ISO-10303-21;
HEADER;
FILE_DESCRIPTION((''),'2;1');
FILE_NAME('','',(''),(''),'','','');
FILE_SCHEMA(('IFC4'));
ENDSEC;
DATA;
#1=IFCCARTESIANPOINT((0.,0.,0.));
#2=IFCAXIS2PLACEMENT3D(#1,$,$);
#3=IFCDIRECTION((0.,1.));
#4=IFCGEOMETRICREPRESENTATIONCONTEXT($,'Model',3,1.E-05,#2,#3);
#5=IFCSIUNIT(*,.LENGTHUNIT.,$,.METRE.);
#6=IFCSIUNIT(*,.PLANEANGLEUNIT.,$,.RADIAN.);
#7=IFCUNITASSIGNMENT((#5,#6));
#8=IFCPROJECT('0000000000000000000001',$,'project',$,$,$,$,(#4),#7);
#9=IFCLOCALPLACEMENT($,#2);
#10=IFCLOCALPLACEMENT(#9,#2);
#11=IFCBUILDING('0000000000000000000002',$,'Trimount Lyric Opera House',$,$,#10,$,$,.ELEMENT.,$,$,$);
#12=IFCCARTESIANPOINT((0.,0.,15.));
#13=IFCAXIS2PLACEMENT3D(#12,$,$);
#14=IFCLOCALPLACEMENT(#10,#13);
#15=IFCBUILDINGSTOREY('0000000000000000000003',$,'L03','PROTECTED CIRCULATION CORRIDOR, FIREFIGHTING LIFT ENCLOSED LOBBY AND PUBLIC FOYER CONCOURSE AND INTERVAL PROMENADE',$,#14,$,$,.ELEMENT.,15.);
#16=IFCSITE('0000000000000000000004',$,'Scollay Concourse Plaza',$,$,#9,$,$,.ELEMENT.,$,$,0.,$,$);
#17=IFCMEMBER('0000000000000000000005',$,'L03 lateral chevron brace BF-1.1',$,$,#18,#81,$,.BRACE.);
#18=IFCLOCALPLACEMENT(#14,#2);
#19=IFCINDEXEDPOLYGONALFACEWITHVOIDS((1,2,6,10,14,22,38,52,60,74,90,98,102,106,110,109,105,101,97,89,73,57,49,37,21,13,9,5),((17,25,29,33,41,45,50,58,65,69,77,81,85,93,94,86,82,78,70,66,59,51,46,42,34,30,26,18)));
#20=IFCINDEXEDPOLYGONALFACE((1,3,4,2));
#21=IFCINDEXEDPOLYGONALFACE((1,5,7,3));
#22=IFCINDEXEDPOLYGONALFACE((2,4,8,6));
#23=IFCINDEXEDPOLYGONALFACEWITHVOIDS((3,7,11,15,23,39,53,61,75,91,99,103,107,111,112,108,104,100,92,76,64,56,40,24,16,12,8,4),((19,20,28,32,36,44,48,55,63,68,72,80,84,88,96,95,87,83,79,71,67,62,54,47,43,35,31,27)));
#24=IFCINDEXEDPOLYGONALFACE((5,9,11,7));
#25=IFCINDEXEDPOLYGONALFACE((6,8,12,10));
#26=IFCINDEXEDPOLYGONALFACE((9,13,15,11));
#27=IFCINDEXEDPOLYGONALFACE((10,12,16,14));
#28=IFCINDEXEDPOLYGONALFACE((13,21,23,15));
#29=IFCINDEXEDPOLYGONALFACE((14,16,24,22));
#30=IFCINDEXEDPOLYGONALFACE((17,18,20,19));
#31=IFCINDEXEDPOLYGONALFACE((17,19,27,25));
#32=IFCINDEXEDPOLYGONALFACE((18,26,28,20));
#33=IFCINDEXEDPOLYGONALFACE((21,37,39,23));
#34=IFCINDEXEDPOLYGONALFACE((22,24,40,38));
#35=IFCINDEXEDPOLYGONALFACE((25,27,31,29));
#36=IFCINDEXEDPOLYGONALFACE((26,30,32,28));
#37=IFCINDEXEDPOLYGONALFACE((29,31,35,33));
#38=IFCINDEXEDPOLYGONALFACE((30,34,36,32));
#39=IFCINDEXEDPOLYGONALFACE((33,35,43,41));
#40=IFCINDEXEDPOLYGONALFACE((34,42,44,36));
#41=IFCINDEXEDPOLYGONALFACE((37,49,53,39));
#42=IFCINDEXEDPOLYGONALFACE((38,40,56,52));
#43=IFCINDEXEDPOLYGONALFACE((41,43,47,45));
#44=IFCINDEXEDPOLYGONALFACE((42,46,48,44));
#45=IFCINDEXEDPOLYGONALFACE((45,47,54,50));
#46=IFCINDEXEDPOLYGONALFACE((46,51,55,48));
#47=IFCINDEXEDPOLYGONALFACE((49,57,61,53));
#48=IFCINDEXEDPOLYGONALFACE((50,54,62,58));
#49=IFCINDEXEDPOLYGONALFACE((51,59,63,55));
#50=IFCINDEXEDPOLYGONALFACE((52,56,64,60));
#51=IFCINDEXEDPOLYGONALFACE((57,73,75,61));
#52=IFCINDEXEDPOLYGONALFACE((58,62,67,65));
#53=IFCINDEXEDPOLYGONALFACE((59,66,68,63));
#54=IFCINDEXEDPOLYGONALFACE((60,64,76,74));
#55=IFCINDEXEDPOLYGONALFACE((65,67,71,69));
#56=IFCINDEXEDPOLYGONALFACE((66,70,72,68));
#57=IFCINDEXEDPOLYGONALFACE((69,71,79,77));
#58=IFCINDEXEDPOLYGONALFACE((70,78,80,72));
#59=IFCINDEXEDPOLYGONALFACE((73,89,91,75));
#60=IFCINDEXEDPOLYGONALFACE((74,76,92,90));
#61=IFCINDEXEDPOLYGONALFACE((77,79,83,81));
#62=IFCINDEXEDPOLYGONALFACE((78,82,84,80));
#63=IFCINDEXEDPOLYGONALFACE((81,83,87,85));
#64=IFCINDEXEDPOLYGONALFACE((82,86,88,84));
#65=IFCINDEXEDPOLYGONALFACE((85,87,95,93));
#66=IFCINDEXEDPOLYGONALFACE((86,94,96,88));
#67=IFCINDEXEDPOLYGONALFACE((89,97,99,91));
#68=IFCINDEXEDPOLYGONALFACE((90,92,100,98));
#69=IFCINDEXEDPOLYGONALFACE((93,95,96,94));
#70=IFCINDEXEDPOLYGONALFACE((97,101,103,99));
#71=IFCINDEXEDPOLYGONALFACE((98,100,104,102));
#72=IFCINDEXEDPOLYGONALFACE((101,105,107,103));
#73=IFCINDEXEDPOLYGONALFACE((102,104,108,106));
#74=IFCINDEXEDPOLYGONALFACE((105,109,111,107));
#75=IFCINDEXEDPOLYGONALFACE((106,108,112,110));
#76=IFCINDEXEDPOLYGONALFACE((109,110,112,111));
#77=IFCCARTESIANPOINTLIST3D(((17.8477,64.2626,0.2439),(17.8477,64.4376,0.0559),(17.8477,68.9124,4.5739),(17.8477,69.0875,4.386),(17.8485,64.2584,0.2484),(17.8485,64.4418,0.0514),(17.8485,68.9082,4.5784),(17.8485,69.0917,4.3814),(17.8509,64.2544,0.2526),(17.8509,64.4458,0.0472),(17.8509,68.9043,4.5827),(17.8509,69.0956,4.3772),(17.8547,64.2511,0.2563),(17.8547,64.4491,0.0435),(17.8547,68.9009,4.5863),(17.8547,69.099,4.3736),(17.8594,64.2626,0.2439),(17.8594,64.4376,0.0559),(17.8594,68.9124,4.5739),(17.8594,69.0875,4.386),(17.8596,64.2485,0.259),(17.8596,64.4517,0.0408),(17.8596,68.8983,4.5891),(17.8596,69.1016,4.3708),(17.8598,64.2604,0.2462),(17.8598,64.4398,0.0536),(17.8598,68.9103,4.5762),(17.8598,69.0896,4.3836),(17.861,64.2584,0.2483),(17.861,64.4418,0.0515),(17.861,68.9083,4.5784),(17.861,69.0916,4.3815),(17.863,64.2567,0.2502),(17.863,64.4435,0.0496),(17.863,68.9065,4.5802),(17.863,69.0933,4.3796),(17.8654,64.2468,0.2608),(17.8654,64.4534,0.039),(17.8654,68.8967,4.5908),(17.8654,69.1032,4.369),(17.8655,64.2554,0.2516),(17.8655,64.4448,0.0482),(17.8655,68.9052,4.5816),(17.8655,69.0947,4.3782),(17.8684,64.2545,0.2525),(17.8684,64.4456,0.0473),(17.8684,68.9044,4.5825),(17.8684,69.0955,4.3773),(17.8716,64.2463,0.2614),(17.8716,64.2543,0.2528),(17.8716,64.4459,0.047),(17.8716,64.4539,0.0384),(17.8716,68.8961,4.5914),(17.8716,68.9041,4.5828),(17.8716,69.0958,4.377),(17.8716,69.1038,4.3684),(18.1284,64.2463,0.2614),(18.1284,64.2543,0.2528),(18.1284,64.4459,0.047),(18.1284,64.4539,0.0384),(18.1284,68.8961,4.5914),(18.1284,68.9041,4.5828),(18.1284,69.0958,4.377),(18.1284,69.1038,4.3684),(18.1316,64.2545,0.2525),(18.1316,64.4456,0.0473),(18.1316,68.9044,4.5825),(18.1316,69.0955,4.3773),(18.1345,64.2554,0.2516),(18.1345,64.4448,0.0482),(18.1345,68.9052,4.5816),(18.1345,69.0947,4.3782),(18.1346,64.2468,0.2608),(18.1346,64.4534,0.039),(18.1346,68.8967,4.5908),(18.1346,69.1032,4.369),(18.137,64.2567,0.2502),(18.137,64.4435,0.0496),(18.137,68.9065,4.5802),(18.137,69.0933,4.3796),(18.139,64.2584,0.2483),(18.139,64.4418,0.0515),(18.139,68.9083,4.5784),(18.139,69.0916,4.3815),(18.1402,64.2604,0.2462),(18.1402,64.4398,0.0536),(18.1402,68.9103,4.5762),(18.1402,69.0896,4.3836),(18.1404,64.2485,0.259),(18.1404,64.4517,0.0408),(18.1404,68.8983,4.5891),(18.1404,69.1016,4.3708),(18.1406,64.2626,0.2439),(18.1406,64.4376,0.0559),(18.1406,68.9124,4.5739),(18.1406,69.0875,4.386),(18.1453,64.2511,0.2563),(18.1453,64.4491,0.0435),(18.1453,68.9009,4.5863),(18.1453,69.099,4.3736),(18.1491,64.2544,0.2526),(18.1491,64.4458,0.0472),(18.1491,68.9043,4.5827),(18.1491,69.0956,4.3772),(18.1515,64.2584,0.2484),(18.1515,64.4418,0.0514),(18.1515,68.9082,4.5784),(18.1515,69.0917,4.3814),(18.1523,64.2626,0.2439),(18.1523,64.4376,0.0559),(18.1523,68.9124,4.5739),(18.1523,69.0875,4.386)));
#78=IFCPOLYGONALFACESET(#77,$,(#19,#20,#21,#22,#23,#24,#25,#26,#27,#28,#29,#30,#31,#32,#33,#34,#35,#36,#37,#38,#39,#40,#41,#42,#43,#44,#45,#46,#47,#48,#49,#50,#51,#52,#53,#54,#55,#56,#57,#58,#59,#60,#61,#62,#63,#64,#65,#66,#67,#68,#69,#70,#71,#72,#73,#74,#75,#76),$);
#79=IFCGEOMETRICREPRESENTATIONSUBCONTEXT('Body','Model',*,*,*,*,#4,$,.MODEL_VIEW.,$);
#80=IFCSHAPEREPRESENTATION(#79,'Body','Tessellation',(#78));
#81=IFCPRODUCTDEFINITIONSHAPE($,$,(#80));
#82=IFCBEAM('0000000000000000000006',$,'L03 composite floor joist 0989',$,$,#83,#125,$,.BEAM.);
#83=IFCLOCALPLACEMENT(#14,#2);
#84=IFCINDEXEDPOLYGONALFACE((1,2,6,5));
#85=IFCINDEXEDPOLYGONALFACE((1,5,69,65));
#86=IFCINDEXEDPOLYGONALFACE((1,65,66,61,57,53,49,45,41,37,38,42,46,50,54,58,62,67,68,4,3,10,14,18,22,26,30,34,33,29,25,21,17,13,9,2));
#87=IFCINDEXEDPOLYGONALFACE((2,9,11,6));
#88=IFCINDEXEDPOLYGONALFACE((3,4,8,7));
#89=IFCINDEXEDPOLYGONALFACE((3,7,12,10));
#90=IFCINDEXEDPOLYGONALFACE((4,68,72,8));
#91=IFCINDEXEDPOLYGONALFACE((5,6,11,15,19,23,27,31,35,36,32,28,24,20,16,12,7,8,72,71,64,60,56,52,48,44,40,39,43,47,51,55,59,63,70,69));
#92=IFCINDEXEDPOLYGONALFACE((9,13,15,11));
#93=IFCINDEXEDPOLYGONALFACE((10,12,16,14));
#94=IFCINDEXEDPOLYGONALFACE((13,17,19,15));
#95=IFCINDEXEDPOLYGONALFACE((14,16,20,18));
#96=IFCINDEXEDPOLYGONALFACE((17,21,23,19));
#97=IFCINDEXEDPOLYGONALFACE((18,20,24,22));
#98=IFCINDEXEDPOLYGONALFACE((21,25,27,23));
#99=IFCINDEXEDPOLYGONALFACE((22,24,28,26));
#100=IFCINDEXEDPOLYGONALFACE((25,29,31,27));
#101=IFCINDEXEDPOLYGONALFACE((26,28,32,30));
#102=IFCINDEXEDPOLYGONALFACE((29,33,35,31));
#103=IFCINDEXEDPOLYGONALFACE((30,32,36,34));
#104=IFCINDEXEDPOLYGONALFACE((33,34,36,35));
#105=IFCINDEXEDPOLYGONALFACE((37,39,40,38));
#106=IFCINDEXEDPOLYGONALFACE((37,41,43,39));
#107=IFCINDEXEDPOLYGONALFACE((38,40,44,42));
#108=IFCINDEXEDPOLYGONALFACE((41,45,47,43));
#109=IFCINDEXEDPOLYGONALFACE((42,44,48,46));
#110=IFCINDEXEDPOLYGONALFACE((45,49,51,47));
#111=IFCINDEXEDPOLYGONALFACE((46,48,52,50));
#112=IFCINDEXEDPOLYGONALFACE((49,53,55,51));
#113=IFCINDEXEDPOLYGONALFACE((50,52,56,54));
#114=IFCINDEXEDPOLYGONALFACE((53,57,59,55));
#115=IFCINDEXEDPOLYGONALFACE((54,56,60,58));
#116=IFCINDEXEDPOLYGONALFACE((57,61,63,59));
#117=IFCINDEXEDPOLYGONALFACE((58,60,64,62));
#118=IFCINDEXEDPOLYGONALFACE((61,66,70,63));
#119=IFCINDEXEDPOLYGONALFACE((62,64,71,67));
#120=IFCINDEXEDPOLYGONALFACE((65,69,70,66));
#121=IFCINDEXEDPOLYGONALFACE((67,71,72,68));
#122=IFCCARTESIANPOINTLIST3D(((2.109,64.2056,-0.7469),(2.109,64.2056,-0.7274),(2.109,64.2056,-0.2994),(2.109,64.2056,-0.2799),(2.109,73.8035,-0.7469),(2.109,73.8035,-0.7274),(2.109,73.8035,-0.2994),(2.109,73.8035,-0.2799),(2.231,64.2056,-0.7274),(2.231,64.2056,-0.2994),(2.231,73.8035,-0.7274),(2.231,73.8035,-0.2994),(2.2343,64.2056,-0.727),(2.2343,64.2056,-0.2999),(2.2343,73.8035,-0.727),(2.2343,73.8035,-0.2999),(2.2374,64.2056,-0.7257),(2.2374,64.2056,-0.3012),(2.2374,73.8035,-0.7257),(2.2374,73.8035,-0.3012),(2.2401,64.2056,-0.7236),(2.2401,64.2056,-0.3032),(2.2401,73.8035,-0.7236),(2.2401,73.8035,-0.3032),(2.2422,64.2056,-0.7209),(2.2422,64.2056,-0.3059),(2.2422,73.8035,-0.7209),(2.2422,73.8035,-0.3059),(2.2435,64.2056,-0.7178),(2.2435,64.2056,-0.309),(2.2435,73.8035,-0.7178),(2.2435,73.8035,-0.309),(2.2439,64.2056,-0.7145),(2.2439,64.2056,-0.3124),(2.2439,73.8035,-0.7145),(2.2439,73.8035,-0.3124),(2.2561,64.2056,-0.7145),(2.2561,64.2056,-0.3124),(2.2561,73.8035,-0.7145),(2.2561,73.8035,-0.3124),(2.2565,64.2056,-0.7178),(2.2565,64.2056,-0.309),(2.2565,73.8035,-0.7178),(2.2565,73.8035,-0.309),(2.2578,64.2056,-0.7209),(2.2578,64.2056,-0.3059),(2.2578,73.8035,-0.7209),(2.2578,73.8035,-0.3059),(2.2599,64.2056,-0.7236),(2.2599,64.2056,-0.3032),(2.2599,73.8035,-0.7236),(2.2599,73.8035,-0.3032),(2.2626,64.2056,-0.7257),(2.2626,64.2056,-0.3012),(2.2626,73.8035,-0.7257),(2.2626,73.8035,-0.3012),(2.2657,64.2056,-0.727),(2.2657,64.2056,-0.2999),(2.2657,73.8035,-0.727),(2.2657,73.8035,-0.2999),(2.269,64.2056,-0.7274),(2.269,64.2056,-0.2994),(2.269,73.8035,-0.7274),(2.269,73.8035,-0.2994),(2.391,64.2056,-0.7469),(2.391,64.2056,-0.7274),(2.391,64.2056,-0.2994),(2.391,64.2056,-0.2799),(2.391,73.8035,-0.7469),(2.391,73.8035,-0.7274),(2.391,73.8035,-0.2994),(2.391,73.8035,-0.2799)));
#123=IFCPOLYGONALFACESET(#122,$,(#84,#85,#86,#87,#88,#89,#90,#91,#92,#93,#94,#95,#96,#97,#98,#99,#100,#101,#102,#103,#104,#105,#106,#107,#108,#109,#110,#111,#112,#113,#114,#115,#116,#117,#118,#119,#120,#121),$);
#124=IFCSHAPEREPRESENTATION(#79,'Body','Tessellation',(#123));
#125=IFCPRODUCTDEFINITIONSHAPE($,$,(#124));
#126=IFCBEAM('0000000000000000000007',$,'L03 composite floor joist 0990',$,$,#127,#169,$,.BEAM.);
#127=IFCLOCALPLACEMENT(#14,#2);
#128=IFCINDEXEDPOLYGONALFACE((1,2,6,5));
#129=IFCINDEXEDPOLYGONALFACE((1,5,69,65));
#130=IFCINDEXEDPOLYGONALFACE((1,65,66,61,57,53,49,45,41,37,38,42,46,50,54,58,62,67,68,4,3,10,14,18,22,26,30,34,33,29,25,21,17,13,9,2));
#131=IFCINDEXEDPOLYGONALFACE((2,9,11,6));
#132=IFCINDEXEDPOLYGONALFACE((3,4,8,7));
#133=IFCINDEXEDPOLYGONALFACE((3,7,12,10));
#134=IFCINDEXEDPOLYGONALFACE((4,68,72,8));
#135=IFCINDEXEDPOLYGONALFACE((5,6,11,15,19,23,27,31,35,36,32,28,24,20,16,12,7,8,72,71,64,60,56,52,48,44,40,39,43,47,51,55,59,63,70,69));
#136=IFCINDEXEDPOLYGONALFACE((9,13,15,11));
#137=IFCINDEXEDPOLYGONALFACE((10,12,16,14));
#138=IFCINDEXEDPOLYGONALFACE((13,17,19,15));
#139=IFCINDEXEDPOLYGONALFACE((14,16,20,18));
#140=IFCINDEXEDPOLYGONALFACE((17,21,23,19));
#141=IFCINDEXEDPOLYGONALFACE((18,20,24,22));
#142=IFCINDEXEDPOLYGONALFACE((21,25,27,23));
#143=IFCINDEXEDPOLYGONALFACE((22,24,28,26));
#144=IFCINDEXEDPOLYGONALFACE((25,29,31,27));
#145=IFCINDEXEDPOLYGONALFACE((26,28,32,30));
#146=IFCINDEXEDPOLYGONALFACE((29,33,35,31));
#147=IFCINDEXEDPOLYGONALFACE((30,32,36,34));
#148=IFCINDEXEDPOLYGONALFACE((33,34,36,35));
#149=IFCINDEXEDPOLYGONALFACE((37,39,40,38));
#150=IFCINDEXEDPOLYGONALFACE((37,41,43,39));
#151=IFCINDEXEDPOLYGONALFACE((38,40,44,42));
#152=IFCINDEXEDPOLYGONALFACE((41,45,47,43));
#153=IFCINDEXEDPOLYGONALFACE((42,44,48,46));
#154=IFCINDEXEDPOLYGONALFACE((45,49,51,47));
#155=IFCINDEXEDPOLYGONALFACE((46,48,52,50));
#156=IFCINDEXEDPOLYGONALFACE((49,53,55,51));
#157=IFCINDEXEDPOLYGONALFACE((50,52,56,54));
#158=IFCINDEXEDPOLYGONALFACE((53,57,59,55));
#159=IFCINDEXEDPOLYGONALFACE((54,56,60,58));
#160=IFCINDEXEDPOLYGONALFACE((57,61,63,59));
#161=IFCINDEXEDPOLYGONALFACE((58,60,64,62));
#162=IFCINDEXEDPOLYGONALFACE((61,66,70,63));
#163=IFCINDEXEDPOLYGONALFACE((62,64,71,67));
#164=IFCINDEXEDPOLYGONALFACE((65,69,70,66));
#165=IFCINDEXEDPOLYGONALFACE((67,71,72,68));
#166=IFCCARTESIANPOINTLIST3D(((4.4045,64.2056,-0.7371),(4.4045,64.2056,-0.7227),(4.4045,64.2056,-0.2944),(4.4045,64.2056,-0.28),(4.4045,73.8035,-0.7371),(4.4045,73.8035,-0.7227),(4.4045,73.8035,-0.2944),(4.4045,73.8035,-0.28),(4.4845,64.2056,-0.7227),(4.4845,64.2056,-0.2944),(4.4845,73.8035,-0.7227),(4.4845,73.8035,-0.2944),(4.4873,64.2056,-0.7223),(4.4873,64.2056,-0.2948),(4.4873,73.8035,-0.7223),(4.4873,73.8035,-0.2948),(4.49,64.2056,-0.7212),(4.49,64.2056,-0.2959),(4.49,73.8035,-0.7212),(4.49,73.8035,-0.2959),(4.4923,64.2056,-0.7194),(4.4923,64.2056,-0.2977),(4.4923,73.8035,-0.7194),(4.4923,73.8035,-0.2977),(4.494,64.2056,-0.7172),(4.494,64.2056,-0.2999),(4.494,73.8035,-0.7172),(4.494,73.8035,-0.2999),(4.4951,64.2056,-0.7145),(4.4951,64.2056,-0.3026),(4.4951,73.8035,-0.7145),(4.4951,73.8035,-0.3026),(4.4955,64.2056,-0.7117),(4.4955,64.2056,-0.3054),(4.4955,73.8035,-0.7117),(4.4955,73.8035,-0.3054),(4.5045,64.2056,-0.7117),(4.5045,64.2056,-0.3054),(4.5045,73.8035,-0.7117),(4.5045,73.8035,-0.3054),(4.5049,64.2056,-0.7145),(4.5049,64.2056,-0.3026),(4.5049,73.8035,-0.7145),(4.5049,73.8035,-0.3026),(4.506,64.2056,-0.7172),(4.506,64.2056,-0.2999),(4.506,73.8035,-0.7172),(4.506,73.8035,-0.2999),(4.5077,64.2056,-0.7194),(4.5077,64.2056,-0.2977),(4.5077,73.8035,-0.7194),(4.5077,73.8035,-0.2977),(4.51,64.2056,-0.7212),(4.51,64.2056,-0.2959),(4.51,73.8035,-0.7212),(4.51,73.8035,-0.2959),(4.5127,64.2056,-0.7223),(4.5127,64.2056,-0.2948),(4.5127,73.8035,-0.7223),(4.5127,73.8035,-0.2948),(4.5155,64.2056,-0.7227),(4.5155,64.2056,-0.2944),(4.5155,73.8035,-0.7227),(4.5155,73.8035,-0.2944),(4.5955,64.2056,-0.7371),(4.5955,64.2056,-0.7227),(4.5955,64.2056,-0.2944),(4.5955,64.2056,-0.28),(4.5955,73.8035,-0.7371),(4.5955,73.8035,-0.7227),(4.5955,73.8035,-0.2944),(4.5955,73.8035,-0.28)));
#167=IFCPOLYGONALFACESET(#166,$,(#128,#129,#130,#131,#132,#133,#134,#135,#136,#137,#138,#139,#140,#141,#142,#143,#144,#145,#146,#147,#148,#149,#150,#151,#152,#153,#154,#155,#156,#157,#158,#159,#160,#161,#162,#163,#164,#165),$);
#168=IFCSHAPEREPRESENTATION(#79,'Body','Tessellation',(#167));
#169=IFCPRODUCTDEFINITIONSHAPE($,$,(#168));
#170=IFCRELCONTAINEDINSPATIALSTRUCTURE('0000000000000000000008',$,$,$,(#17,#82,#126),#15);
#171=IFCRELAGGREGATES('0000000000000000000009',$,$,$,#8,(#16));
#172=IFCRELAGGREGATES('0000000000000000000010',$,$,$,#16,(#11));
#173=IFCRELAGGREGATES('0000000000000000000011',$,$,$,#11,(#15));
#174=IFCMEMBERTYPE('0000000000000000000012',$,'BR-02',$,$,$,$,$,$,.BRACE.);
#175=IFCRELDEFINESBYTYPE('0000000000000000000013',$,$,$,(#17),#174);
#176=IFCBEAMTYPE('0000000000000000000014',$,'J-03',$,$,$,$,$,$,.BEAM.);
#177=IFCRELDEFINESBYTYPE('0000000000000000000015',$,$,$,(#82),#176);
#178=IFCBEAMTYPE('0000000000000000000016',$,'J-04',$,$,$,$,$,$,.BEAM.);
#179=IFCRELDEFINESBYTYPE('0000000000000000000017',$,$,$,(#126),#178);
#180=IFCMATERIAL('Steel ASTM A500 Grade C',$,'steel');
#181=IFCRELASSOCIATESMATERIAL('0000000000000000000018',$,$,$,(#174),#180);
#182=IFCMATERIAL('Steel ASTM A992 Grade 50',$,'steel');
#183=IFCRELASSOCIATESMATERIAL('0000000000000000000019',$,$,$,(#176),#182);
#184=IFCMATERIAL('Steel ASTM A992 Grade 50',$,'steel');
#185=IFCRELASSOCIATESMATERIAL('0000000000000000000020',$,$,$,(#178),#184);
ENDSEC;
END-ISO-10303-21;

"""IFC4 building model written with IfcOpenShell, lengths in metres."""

from ifc_helpers import new_model, si_unit, direction, frame, origin, origin_2d, place, context, subcontext, project, spatial, hollow_rectangle, i_section, extrude, material, material_profile, profile_set, type_object, element, save


model = new_model("IFC4")

# Units and contexts
model_context = context("Model", 3, precision=1e-05, world=origin(), true_north=direction((0.0, 1.0)))
body_context = subcontext(model_context, "Body", "Model", "MODEL_VIEW")
ifc_project = project(units=[si_unit("LENGTHUNIT", "METRE"), si_unit("PLANEANGLEUNIT", "RADIAN")], contexts=[model_context])

# Site, building, storey
site_placement = place(None, origin())
site = spatial("IfcSite", under=ifc_project, at=site_placement, Name="Scollay Concourse Plaza", CompositionType="ELEMENT", RefElevation=0.0)
building_placement = place(site_placement, origin())
building = spatial("IfcBuilding", under=site, at=building_placement, Name="Trimount Lyric Opera House", CompositionType="ELEMENT")
storey_placement = place(building_placement, frame((0.0, 0.0, 15.0)))
storey = spatial("IfcBuildingStorey", under=building, at=storey_placement, Name="L03", Description="PROTECTED CIRCULATION CORRIDOR, FIREFIGHTING LIFT ENCLOSED LOBBY AND PUBLIC FOYER CONCOURSE AND INTERVAL PROMENADE", CompositionType="ELEMENT", Elevation=15.0)

# Member
ifc_material_1 = material(Name="Steel ASTM A500 Grade C", Category="steel")
ifc_material_profile_1 = material_profile(ifc_material_1, hollow_rectangle(XDim=0.3047, YDim=0.3047, WallThickness=0.0117, InnerFilletRadius=0.0122, OuterFilletRadius=0.0239, at=origin_2d()), Name="HSS304.8X304.8X12.7")
ifc_profile_set_1 = profile_set([ifc_material_profile_1], Name="Steel ASTM A500 Grade C")
member_type = type_object("IfcMemberType", Name="BR-02", PredefinedType="BRACE", material=ifc_profile_set_1)
member_placement = place(storey_placement, frame((18.0, 64.3501, 0.1499), z_axis=(0.0, 0.731827, 0.681491), x_axis=(-1.0, 0.0, 0.0)))
element("IfcMember", 1, at=member_placement, inside=storey, type_object=member_type, Name="L03 lateral chevron brace BF-1.1", PredefinedType="BRACE", context=body_context, shape_type="SweptSolid", body=[
    extrude(hollow_rectangle(XDim=0.3047, YDim=0.3047, WallThickness=0.0117, InnerFilletRadius=0.0122, OuterFilletRadius=0.0239, at=origin_2d()), origin(), (0.0, 0.0, 1.0), 6.3538),
])

# Beams
ifc_material_2 = material(Name="Steel ASTM A992 Grade 50", Category="steel")
ifc_material_profile_2 = material_profile(ifc_material_2, i_section(OverallWidth=0.282, OverallDepth=0.467, WebThickness=0.0122, FlangeThickness=0.0195, FilletRadius=0.0129, at=origin_2d()), Name="W18X86")
ifc_profile_set_2 = profile_set([ifc_material_profile_2], Name="Steel ASTM A992 Grade 50")
beam_type_1 = type_object("IfcBeamType", Name="J-03", PredefinedType="BEAM", material=ifc_profile_set_2)
beam_1_placement = place(storey_placement, frame((2.25, 64.2056, -0.5134), z_axis=(0.0, 1.0, 0.0), x_axis=(-1.0, 0.0, 0.0)))
element("IfcBeam", 2, at=beam_1_placement, inside=storey, type_object=beam_type_1, Name="L03 composite floor joist 0989", PredefinedType="BEAM", context=body_context, shape_type="SweptSolid", body=[
    extrude(i_section(OverallWidth=0.282, OverallDepth=0.467, WebThickness=0.0122, FlangeThickness=0.0195, FilletRadius=0.0129, at=origin_2d()), origin(), (0.0, 0.0, 1.0), 9.5979),
])
ifc_material_3 = material(Name="Steel ASTM A992 Grade 50", Category="steel")
ifc_material_profile_3 = material_profile(ifc_material_3, i_section(OverallWidth=0.1909, OverallDepth=0.457, WebThickness=0.009, FlangeThickness=0.0144, FilletRadius=0.011, at=origin_2d()), Name="W18X50")
ifc_profile_set_3 = profile_set([ifc_material_profile_3], Name="Steel ASTM A992 Grade 50")
beam_type_2 = type_object("IfcBeamType", Name="J-04", PredefinedType="BEAM", material=ifc_profile_set_3)
beam_2_placement = place(storey_placement, frame((4.5, 64.2056, -0.5085), z_axis=(0.0, 1.0, 0.0), x_axis=(-1.0, 0.0, 0.0)))
element("IfcBeam", 3, at=beam_2_placement, inside=storey, type_object=beam_type_2, Name="L03 composite floor joist 0990", PredefinedType="BEAM", context=body_context, shape_type="SweptSolid", body=[
    extrude(i_section(OverallWidth=0.1909, OverallDepth=0.457, WebThickness=0.009, FlangeThickness=0.0144, FilletRadius=0.011, at=origin_2d()), origin(), (0.0, 0.0, 1.0), 9.5979),
])

save(model, "model.ifc")
